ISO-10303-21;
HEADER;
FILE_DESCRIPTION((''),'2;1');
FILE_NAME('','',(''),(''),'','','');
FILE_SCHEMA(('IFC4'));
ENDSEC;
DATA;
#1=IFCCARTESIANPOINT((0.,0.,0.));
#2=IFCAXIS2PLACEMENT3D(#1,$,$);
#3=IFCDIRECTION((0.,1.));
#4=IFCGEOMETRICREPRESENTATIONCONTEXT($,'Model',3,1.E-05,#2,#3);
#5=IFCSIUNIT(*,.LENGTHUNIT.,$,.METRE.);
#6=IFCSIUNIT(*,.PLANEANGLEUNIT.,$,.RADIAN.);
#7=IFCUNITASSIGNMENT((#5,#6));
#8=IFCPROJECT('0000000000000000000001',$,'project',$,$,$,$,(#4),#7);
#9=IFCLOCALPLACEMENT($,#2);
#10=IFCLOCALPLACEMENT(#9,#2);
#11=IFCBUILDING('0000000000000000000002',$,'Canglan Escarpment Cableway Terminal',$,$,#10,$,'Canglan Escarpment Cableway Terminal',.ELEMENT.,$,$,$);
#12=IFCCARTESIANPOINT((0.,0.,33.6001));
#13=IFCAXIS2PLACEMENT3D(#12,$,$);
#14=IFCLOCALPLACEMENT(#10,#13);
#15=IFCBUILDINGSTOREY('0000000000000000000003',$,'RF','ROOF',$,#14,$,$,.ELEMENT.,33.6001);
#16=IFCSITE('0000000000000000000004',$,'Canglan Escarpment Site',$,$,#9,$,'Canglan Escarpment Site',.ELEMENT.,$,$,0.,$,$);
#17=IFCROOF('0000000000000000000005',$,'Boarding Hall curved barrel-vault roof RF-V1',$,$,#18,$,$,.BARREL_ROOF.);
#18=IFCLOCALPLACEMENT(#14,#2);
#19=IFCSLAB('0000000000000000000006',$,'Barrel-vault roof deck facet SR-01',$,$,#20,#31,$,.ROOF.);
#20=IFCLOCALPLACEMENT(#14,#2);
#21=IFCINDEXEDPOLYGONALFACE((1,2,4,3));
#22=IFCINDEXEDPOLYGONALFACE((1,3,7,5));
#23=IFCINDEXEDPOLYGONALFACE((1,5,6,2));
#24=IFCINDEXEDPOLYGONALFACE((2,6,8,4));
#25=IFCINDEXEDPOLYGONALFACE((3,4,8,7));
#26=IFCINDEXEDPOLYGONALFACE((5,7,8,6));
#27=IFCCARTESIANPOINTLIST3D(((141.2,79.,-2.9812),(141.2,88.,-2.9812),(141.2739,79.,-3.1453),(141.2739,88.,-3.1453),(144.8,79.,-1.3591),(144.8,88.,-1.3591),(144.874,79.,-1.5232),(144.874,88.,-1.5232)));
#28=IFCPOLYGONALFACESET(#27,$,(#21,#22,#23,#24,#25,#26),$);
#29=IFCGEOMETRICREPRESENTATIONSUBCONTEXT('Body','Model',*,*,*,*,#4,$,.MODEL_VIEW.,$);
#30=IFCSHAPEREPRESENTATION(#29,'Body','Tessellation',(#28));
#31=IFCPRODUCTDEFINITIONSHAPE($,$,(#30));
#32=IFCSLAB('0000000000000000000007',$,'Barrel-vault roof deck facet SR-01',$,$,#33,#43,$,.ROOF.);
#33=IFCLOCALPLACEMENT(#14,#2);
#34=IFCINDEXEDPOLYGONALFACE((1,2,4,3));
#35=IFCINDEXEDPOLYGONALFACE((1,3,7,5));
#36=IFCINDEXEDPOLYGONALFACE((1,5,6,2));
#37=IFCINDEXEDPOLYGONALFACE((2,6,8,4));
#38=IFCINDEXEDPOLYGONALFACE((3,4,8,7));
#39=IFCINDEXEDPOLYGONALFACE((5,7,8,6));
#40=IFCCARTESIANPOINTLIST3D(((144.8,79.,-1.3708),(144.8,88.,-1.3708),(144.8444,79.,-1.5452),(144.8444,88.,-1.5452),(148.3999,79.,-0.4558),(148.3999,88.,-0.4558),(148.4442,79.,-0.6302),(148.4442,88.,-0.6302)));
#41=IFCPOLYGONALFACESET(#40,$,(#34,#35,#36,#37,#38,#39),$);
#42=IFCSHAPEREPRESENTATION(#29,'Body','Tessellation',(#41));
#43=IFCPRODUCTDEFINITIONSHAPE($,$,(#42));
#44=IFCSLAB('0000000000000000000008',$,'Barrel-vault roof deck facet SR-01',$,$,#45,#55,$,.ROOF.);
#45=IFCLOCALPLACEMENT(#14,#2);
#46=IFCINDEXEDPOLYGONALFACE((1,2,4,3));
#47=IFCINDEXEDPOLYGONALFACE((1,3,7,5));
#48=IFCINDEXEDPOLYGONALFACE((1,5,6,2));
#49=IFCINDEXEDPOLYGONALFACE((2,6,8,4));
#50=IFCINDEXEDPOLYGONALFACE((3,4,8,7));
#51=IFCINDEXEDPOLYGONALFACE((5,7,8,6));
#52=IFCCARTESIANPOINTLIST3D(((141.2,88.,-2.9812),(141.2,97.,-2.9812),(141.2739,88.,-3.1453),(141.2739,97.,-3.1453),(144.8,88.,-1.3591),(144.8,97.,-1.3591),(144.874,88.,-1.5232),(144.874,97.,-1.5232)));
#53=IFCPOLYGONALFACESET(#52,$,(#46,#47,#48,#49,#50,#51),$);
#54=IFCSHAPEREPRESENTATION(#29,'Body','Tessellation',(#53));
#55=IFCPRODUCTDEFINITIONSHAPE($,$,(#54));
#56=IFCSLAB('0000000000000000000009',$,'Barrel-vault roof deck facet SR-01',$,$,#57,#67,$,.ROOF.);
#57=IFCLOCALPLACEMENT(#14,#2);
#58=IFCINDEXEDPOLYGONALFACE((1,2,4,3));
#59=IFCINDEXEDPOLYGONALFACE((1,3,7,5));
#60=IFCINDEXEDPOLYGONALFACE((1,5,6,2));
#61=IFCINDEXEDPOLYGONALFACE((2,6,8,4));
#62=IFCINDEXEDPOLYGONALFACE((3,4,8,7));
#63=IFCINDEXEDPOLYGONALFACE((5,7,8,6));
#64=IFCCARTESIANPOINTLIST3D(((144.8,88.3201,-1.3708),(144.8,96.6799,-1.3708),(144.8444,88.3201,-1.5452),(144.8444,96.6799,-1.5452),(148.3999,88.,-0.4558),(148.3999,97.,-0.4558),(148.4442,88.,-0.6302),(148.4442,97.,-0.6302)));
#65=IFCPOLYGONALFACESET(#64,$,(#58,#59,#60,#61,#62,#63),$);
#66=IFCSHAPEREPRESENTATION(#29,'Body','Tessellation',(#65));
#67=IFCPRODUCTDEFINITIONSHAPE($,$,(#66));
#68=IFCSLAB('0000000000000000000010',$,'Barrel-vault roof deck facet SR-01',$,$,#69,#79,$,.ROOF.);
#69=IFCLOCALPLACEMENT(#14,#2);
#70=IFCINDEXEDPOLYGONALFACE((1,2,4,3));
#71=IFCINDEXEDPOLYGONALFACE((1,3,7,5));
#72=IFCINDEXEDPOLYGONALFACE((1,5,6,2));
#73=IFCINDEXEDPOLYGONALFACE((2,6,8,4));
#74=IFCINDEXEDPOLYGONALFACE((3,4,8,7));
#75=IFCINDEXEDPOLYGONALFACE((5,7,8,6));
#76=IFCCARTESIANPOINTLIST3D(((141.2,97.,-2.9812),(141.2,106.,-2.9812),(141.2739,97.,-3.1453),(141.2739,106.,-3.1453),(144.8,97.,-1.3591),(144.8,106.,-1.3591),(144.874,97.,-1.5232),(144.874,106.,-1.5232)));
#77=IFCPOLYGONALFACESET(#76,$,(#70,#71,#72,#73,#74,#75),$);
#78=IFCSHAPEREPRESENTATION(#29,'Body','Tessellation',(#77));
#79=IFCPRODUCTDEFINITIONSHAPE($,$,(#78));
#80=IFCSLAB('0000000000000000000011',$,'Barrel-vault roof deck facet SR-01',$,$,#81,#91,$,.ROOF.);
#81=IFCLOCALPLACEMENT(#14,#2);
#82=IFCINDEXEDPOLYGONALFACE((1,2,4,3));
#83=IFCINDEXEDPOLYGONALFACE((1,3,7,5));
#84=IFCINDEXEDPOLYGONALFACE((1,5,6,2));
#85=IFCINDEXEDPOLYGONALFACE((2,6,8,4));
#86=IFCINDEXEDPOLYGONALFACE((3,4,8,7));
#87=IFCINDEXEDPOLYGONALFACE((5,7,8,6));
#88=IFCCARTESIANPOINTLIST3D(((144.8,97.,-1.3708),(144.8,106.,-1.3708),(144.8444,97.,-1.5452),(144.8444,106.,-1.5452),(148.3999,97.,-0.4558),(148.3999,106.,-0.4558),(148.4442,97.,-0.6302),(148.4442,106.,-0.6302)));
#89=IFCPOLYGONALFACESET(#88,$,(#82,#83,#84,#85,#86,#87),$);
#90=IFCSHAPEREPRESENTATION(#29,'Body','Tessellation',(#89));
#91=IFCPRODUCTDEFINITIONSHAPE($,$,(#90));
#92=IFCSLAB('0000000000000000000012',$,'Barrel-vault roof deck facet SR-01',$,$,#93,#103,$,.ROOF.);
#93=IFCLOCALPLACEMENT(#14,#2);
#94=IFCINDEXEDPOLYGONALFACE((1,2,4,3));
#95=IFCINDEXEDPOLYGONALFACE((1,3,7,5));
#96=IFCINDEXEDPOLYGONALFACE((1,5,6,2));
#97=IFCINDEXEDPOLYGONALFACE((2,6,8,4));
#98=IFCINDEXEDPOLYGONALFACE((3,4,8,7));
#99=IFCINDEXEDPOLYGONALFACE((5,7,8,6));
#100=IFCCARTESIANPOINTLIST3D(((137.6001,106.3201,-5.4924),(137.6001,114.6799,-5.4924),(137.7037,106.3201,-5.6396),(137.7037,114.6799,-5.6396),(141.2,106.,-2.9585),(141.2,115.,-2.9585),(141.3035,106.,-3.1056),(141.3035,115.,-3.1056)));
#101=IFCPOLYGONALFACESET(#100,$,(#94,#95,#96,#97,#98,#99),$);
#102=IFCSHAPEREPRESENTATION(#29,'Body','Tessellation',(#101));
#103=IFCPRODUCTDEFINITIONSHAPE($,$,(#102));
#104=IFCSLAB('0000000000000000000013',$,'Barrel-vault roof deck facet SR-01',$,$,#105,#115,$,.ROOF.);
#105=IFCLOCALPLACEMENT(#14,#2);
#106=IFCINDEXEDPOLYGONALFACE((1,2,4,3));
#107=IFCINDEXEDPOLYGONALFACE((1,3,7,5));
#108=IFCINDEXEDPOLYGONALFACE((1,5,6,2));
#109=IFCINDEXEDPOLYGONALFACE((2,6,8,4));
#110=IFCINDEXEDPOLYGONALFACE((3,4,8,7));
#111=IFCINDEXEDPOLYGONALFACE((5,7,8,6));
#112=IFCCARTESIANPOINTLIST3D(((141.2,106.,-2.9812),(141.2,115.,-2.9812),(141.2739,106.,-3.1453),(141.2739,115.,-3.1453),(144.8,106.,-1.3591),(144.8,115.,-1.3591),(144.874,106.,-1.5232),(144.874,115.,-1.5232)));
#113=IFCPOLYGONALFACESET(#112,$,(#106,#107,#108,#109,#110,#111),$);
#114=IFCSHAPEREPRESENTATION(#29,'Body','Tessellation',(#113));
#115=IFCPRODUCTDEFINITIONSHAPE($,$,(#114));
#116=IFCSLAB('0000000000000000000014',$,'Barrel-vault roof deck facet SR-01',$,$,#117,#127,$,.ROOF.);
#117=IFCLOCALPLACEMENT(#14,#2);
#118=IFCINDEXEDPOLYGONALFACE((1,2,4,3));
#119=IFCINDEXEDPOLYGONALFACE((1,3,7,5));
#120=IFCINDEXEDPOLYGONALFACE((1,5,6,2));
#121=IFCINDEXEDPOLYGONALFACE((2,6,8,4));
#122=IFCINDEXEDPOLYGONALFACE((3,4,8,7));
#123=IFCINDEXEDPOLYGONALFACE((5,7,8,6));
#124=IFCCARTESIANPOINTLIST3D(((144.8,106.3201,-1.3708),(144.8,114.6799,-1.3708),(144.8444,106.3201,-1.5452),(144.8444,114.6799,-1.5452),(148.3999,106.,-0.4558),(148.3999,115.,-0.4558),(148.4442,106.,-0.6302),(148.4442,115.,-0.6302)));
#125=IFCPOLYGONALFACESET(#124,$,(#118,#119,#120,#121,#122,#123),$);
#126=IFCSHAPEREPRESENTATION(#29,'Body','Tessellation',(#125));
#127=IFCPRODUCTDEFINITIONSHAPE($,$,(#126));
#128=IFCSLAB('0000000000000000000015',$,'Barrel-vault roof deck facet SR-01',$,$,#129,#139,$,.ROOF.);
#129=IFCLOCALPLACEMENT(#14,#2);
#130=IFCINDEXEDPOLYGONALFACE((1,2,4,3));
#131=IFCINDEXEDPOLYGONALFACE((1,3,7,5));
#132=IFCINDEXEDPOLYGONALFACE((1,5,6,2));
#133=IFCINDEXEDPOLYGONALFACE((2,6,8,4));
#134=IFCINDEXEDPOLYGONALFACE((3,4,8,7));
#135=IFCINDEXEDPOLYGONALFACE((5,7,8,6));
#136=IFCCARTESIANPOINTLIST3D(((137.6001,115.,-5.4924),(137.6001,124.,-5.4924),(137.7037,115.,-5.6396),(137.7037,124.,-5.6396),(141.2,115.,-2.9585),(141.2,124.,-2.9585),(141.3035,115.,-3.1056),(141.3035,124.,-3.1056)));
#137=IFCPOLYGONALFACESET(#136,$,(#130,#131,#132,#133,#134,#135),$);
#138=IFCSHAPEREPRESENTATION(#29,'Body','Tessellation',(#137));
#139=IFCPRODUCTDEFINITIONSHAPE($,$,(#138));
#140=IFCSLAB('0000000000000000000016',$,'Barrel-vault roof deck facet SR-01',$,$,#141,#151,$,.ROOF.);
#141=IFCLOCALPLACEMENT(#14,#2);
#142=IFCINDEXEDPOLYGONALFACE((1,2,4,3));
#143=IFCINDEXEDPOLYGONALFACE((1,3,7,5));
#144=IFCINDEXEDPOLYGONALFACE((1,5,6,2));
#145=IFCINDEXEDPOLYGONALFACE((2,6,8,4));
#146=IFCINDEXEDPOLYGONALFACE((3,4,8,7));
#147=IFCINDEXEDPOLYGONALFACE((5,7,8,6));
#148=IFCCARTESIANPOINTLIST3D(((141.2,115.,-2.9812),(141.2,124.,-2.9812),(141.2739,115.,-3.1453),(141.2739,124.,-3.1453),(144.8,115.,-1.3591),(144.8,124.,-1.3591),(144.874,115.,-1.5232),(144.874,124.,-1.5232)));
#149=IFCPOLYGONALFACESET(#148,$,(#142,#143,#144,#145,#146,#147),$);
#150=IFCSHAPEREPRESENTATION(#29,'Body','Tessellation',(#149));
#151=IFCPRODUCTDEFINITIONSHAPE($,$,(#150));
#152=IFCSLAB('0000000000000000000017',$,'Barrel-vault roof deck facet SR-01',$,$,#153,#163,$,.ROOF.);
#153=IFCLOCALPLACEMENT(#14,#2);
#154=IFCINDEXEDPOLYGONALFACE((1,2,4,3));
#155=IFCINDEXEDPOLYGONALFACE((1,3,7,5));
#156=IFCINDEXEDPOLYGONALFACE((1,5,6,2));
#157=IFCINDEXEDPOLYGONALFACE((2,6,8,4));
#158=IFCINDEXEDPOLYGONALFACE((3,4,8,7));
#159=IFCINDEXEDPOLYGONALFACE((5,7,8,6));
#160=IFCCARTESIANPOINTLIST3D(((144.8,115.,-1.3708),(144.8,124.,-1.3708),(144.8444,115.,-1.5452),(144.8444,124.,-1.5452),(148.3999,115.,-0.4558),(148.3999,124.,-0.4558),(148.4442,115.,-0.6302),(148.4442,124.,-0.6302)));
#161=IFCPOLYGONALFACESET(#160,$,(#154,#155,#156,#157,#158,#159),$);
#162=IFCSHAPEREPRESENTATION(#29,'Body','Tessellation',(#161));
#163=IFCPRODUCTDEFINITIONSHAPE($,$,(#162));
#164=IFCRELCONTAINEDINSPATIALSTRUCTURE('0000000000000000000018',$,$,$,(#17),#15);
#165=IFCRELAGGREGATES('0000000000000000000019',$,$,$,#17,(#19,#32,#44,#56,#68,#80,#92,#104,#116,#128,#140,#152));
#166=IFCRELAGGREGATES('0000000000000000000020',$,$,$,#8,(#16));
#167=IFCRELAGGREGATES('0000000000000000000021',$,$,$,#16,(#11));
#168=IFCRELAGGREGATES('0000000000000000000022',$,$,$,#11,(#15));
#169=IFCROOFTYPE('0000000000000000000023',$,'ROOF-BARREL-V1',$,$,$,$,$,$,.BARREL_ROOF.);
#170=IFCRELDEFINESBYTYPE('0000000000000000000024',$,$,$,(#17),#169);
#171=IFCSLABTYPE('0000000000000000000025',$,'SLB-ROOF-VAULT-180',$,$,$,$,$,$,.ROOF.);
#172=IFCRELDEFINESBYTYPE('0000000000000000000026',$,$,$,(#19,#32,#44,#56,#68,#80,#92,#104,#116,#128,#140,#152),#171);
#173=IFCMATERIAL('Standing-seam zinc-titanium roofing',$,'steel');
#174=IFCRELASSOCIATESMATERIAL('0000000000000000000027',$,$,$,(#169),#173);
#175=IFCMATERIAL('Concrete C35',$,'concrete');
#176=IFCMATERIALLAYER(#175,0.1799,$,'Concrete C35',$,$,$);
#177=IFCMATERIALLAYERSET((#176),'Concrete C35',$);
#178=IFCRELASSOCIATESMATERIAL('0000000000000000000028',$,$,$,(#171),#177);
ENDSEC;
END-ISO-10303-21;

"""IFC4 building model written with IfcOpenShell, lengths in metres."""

from ifc_helpers import new_model, si_unit, direction, frame, origin, place, context, subcontext, project, spatial, polyline, outline, extrude, material, layer, layer_set, type_object, element, aggregate, save


model = new_model("IFC4")

# Units and contexts
model_context = context("Model", 3, precision=1e-05, world=origin(), true_north=direction((0.0, 1.0)))
body_context = subcontext(model_context, "Body", "Model", "MODEL_VIEW")
ifc_project = project(units=[si_unit("LENGTHUNIT", "METRE"), si_unit("PLANEANGLEUNIT", "RADIAN")], contexts=[model_context])

# Site, building, storey
site_placement = place(None, origin())
site = spatial("IfcSite", under=ifc_project, at=site_placement, Name="Canglan Escarpment Site", LongName="Canglan Escarpment Site", CompositionType="ELEMENT", RefElevation=0.0)
building_placement = place(site_placement, origin())
building = spatial("IfcBuilding", under=site, at=building_placement, Name="Canglan Escarpment Cableway Terminal", LongName="Canglan Escarpment Cableway Terminal", CompositionType="ELEMENT")
storey_placement = place(building_placement, frame((0.0, 0.0, 33.6001)))
storey = spatial("IfcBuildingStorey", under=building, at=storey_placement, Name="RF", Description="ROOF", CompositionType="ELEMENT", Elevation=33.6001)

# Shared definitions
ifc_material_1 = material(Name="Standing-seam zinc-titanium roofing", Category="steel")
ifc_material_2 = material(Name="Concrete C35", Category="concrete")

# Roof, slabs
roof_type_1 = type_object("IfcRoofType", Name="ROOF-BARREL-V1", PredefinedType="BARREL_ROOF", material=ifc_material_1)
roof_1_placement = place(storey_placement, origin())
roof_1 = element("IfcRoof", 1, at=roof_1_placement, inside=storey, type_object=roof_type_1, Name="Boarding Hall curved barrel-vault roof RF-V1", PredefinedType="BARREL_ROOF")
ifc_layer_1 = layer(ifc_material_2, 0.1799, Name="Concrete C35")
ifc_layer_set_1 = layer_set([ifc_layer_1], Name="Concrete C35")
slab_type_1 = type_object("IfcSlabType", Name="SLB-ROOF-VAULT-180", PredefinedType="ROOF", material=ifc_layer_set_1)
slab_1_placement = place(storey_placement, frame((141.2, 79.0, -2.9812), z_axis=(-0.410791, 0.0, 0.911729), x_axis=(0.911729, 0.0, 0.410791)))
slab_1 = element("IfcSlab", 2, at=slab_1_placement, type_object=slab_type_1, Name="Barrel-vault roof deck facet SR-01", PredefinedType="ROOF", context=body_context, shape_type="SweptSolid", body=[
    extrude(outline(polyline([(0.0, 0.0), (3.9486, 0.0), (3.9486, 9.0), (0.0, 9.0), (0.0, 0.0)])), origin(), (0.0, 0.0, -1.0), 0.1799),
])
slab_2_placement = place(storey_placement, frame((144.8, 79.0, -1.3708), z_axis=(-0.246354, 0.0, 0.96918), x_axis=(0.96918, 0.0, 0.246354)))
slab_2 = element("IfcSlab", 3, at=slab_2_placement, type_object=slab_type_1, Name="Barrel-vault roof deck facet SR-01", PredefinedType="ROOF", context=body_context, shape_type="SweptSolid", body=[
    extrude(outline(polyline([(0.0, 0.0), (3.7143, 0.0), (3.7143, 9.0), (0.0, 9.0), (0.0, 0.0)])), origin(), (0.0, 0.0, -1.0), 0.1799),
])
slab_3_placement = place(storey_placement, frame((141.2, 88.0, -2.9812), z_axis=(-0.410791, 0.0, 0.911729), x_axis=(0.911729, 0.0, 0.410791)))
slab_3 = element("IfcSlab", 4, at=slab_3_placement, type_object=slab_type_1, Name="Barrel-vault roof deck facet SR-01", PredefinedType="ROOF", context=body_context, shape_type="SweptSolid", body=[
    extrude(outline(polyline([(0.0, 0.0), (3.9486, 0.0), (3.9486, 9.0), (0.0, 9.0), (0.0, 0.0)])), origin(), (0.0, 0.0, -1.0), 0.1799),
])
slab_4_placement = place(storey_placement, frame((144.8, 88.3201, -1.3708), z_axis=(-0.246354, 0.0, 0.96918), x_axis=(0.965602, -0.085853, 0.245444)))
slab_4 = element("IfcSlab", 5, at=slab_4_placement, type_object=slab_type_1, Name="Barrel-vault roof deck facet SR-01", PredefinedType="ROOF", context=body_context, shape_type="SweptSolid", body=[
    extrude(outline(polyline([(0.0, 0.0), (3.7281, 0.0), (2.9554, 8.9668), (-0.7177, 8.329), (0.0, 0.0)])), origin(), (0.0, 0.0, -1.0), 0.1799),
])
slab_5_placement = place(storey_placement, frame((141.2, 97.0, -2.9812), z_axis=(-0.410791, 0.0, 0.911729), x_axis=(0.911729, 0.0, 0.410791)))
slab_5 = element("IfcSlab", 6, at=slab_5_placement, type_object=slab_type_1, Name="Barrel-vault roof deck facet SR-01", PredefinedType="ROOF", context=body_context, shape_type="SweptSolid", body=[
    extrude(outline(polyline([(0.0, 0.0), (3.9486, 0.0), (3.9486, 9.0), (0.0, 9.0), (0.0, 0.0)])), origin(), (0.0, 0.0, -1.0), 0.1799),
])
slab_6_placement = place(storey_placement, frame((144.8, 97.0, -1.3708), z_axis=(-0.246354, 0.0, 0.96918), x_axis=(0.96918, 0.0, 0.246354)))
slab_6 = element("IfcSlab", 7, at=slab_6_placement, type_object=slab_type_1, Name="Barrel-vault roof deck facet SR-01", PredefinedType="ROOF", context=body_context, shape_type="SweptSolid", body=[
    extrude(outline(polyline([(0.0, 0.0), (3.7143, 0.0), (3.7143, 9.0), (0.0, 9.0), (0.0, 0.0)])), origin(), (0.0, 0.0, -1.0), 0.1799),
])
slab_7_placement = place(storey_placement, frame((137.6001, 106.3201, -5.4924), z_axis=(-0.575601, 0.0, 0.817731), x_axis=(0.815578, -0.072514, 0.574085)))
slab_7 = element("IfcSlab", 8, at=slab_7_placement, type_object=slab_type_1, Name="Barrel-vault roof deck facet SR-01", PredefinedType="ROOF", context=body_context, shape_type="SweptSolid", body=[
    extrude(outline(polyline([(0.0, 0.0), (4.4139, 0.0), (3.7612, 8.9763), (-0.6062, 8.3379), (0.0, 0.0)])), origin(), (0.0, 0.0, -1.0), 0.1799),
])
slab_8_placement = place(storey_placement, frame((141.2, 106.0, -2.9812), z_axis=(-0.410791, 0.0, 0.911729), x_axis=(0.911729, 0.0, 0.410791)))
slab_8 = element("IfcSlab", 9, at=slab_8_placement, type_object=slab_type_1, Name="Barrel-vault roof deck facet SR-01", PredefinedType="ROOF", context=body_context, shape_type="SweptSolid", body=[
    extrude(outline(polyline([(0.0, 0.0), (3.9486, 0.0), (3.9486, 9.0), (0.0, 9.0), (0.0, 0.0)])), origin(), (0.0, 0.0, -1.0), 0.1799),
])
slab_9_placement = place(storey_placement, frame((144.8, 106.3201, -1.3708), z_axis=(-0.246354, 0.0, 0.96918), x_axis=(0.965602, -0.085853, 0.245444)))
slab_9 = element("IfcSlab", 10, at=slab_9_placement, type_object=slab_type_1, Name="Barrel-vault roof deck facet SR-01", PredefinedType="ROOF", context=body_context, shape_type="SweptSolid", body=[
    extrude(outline(polyline([(0.0, 0.0), (3.7281, 0.0), (2.9554, 8.9668), (-0.7177, 8.329), (0.0, 0.0)])), origin(), (0.0, 0.0, -1.0), 0.1799),
])
slab_10_placement = place(storey_placement, frame((137.6001, 115.0, -5.4924), z_axis=(-0.575601, 0.0, 0.817731), x_axis=(0.817731, 0.0, 0.575601)))
slab_10 = element("IfcSlab", 11, at=slab_10_placement, type_object=slab_type_1, Name="Barrel-vault roof deck facet SR-01", PredefinedType="ROOF", context=body_context, shape_type="SweptSolid", body=[
    extrude(outline(polyline([(0.0, 0.0), (4.4022, 0.0), (4.4022, 9.0), (0.0, 9.0), (0.0, 0.0)])), origin(), (0.0, 0.0, -1.0), 0.1799),
])
slab_11_placement = place(storey_placement, frame((141.2, 115.0, -2.9812), z_axis=(-0.410791, 0.0, 0.911729), x_axis=(0.911729, 0.0, 0.410791)))
slab_11 = element("IfcSlab", 12, at=slab_11_placement, type_object=slab_type_1, Name="Barrel-vault roof deck facet SR-01", PredefinedType="ROOF", context=body_context, shape_type="SweptSolid", body=[
    extrude(outline(polyline([(0.0, 0.0), (3.9486, 0.0), (3.9486, 9.0), (0.0, 9.0), (0.0, 0.0)])), origin(), (0.0, 0.0, -1.0), 0.1799),
])
slab_12_placement = place(storey_placement, frame((144.8, 115.0, -1.3708), z_axis=(-0.246354, 0.0, 0.96918), x_axis=(0.96918, 0.0, 0.246354)))
slab_12 = element("IfcSlab", 13, at=slab_12_placement, type_object=slab_type_1, Name="Barrel-vault roof deck facet SR-01", PredefinedType="ROOF", context=body_context, shape_type="SweptSolid", body=[
    extrude(outline(polyline([(0.0, 0.0), (3.7143, 0.0), (3.7143, 9.0), (0.0, 9.0), (0.0, 0.0)])), origin(), (0.0, 0.0, -1.0), 0.1799),
])
aggregate(roof_1, [slab_1, slab_2, slab_3, slab_4, slab_5, slab_6, slab_7, slab_8, slab_9, slab_10, slab_11, slab_12])

save(model, "model.ifc")
